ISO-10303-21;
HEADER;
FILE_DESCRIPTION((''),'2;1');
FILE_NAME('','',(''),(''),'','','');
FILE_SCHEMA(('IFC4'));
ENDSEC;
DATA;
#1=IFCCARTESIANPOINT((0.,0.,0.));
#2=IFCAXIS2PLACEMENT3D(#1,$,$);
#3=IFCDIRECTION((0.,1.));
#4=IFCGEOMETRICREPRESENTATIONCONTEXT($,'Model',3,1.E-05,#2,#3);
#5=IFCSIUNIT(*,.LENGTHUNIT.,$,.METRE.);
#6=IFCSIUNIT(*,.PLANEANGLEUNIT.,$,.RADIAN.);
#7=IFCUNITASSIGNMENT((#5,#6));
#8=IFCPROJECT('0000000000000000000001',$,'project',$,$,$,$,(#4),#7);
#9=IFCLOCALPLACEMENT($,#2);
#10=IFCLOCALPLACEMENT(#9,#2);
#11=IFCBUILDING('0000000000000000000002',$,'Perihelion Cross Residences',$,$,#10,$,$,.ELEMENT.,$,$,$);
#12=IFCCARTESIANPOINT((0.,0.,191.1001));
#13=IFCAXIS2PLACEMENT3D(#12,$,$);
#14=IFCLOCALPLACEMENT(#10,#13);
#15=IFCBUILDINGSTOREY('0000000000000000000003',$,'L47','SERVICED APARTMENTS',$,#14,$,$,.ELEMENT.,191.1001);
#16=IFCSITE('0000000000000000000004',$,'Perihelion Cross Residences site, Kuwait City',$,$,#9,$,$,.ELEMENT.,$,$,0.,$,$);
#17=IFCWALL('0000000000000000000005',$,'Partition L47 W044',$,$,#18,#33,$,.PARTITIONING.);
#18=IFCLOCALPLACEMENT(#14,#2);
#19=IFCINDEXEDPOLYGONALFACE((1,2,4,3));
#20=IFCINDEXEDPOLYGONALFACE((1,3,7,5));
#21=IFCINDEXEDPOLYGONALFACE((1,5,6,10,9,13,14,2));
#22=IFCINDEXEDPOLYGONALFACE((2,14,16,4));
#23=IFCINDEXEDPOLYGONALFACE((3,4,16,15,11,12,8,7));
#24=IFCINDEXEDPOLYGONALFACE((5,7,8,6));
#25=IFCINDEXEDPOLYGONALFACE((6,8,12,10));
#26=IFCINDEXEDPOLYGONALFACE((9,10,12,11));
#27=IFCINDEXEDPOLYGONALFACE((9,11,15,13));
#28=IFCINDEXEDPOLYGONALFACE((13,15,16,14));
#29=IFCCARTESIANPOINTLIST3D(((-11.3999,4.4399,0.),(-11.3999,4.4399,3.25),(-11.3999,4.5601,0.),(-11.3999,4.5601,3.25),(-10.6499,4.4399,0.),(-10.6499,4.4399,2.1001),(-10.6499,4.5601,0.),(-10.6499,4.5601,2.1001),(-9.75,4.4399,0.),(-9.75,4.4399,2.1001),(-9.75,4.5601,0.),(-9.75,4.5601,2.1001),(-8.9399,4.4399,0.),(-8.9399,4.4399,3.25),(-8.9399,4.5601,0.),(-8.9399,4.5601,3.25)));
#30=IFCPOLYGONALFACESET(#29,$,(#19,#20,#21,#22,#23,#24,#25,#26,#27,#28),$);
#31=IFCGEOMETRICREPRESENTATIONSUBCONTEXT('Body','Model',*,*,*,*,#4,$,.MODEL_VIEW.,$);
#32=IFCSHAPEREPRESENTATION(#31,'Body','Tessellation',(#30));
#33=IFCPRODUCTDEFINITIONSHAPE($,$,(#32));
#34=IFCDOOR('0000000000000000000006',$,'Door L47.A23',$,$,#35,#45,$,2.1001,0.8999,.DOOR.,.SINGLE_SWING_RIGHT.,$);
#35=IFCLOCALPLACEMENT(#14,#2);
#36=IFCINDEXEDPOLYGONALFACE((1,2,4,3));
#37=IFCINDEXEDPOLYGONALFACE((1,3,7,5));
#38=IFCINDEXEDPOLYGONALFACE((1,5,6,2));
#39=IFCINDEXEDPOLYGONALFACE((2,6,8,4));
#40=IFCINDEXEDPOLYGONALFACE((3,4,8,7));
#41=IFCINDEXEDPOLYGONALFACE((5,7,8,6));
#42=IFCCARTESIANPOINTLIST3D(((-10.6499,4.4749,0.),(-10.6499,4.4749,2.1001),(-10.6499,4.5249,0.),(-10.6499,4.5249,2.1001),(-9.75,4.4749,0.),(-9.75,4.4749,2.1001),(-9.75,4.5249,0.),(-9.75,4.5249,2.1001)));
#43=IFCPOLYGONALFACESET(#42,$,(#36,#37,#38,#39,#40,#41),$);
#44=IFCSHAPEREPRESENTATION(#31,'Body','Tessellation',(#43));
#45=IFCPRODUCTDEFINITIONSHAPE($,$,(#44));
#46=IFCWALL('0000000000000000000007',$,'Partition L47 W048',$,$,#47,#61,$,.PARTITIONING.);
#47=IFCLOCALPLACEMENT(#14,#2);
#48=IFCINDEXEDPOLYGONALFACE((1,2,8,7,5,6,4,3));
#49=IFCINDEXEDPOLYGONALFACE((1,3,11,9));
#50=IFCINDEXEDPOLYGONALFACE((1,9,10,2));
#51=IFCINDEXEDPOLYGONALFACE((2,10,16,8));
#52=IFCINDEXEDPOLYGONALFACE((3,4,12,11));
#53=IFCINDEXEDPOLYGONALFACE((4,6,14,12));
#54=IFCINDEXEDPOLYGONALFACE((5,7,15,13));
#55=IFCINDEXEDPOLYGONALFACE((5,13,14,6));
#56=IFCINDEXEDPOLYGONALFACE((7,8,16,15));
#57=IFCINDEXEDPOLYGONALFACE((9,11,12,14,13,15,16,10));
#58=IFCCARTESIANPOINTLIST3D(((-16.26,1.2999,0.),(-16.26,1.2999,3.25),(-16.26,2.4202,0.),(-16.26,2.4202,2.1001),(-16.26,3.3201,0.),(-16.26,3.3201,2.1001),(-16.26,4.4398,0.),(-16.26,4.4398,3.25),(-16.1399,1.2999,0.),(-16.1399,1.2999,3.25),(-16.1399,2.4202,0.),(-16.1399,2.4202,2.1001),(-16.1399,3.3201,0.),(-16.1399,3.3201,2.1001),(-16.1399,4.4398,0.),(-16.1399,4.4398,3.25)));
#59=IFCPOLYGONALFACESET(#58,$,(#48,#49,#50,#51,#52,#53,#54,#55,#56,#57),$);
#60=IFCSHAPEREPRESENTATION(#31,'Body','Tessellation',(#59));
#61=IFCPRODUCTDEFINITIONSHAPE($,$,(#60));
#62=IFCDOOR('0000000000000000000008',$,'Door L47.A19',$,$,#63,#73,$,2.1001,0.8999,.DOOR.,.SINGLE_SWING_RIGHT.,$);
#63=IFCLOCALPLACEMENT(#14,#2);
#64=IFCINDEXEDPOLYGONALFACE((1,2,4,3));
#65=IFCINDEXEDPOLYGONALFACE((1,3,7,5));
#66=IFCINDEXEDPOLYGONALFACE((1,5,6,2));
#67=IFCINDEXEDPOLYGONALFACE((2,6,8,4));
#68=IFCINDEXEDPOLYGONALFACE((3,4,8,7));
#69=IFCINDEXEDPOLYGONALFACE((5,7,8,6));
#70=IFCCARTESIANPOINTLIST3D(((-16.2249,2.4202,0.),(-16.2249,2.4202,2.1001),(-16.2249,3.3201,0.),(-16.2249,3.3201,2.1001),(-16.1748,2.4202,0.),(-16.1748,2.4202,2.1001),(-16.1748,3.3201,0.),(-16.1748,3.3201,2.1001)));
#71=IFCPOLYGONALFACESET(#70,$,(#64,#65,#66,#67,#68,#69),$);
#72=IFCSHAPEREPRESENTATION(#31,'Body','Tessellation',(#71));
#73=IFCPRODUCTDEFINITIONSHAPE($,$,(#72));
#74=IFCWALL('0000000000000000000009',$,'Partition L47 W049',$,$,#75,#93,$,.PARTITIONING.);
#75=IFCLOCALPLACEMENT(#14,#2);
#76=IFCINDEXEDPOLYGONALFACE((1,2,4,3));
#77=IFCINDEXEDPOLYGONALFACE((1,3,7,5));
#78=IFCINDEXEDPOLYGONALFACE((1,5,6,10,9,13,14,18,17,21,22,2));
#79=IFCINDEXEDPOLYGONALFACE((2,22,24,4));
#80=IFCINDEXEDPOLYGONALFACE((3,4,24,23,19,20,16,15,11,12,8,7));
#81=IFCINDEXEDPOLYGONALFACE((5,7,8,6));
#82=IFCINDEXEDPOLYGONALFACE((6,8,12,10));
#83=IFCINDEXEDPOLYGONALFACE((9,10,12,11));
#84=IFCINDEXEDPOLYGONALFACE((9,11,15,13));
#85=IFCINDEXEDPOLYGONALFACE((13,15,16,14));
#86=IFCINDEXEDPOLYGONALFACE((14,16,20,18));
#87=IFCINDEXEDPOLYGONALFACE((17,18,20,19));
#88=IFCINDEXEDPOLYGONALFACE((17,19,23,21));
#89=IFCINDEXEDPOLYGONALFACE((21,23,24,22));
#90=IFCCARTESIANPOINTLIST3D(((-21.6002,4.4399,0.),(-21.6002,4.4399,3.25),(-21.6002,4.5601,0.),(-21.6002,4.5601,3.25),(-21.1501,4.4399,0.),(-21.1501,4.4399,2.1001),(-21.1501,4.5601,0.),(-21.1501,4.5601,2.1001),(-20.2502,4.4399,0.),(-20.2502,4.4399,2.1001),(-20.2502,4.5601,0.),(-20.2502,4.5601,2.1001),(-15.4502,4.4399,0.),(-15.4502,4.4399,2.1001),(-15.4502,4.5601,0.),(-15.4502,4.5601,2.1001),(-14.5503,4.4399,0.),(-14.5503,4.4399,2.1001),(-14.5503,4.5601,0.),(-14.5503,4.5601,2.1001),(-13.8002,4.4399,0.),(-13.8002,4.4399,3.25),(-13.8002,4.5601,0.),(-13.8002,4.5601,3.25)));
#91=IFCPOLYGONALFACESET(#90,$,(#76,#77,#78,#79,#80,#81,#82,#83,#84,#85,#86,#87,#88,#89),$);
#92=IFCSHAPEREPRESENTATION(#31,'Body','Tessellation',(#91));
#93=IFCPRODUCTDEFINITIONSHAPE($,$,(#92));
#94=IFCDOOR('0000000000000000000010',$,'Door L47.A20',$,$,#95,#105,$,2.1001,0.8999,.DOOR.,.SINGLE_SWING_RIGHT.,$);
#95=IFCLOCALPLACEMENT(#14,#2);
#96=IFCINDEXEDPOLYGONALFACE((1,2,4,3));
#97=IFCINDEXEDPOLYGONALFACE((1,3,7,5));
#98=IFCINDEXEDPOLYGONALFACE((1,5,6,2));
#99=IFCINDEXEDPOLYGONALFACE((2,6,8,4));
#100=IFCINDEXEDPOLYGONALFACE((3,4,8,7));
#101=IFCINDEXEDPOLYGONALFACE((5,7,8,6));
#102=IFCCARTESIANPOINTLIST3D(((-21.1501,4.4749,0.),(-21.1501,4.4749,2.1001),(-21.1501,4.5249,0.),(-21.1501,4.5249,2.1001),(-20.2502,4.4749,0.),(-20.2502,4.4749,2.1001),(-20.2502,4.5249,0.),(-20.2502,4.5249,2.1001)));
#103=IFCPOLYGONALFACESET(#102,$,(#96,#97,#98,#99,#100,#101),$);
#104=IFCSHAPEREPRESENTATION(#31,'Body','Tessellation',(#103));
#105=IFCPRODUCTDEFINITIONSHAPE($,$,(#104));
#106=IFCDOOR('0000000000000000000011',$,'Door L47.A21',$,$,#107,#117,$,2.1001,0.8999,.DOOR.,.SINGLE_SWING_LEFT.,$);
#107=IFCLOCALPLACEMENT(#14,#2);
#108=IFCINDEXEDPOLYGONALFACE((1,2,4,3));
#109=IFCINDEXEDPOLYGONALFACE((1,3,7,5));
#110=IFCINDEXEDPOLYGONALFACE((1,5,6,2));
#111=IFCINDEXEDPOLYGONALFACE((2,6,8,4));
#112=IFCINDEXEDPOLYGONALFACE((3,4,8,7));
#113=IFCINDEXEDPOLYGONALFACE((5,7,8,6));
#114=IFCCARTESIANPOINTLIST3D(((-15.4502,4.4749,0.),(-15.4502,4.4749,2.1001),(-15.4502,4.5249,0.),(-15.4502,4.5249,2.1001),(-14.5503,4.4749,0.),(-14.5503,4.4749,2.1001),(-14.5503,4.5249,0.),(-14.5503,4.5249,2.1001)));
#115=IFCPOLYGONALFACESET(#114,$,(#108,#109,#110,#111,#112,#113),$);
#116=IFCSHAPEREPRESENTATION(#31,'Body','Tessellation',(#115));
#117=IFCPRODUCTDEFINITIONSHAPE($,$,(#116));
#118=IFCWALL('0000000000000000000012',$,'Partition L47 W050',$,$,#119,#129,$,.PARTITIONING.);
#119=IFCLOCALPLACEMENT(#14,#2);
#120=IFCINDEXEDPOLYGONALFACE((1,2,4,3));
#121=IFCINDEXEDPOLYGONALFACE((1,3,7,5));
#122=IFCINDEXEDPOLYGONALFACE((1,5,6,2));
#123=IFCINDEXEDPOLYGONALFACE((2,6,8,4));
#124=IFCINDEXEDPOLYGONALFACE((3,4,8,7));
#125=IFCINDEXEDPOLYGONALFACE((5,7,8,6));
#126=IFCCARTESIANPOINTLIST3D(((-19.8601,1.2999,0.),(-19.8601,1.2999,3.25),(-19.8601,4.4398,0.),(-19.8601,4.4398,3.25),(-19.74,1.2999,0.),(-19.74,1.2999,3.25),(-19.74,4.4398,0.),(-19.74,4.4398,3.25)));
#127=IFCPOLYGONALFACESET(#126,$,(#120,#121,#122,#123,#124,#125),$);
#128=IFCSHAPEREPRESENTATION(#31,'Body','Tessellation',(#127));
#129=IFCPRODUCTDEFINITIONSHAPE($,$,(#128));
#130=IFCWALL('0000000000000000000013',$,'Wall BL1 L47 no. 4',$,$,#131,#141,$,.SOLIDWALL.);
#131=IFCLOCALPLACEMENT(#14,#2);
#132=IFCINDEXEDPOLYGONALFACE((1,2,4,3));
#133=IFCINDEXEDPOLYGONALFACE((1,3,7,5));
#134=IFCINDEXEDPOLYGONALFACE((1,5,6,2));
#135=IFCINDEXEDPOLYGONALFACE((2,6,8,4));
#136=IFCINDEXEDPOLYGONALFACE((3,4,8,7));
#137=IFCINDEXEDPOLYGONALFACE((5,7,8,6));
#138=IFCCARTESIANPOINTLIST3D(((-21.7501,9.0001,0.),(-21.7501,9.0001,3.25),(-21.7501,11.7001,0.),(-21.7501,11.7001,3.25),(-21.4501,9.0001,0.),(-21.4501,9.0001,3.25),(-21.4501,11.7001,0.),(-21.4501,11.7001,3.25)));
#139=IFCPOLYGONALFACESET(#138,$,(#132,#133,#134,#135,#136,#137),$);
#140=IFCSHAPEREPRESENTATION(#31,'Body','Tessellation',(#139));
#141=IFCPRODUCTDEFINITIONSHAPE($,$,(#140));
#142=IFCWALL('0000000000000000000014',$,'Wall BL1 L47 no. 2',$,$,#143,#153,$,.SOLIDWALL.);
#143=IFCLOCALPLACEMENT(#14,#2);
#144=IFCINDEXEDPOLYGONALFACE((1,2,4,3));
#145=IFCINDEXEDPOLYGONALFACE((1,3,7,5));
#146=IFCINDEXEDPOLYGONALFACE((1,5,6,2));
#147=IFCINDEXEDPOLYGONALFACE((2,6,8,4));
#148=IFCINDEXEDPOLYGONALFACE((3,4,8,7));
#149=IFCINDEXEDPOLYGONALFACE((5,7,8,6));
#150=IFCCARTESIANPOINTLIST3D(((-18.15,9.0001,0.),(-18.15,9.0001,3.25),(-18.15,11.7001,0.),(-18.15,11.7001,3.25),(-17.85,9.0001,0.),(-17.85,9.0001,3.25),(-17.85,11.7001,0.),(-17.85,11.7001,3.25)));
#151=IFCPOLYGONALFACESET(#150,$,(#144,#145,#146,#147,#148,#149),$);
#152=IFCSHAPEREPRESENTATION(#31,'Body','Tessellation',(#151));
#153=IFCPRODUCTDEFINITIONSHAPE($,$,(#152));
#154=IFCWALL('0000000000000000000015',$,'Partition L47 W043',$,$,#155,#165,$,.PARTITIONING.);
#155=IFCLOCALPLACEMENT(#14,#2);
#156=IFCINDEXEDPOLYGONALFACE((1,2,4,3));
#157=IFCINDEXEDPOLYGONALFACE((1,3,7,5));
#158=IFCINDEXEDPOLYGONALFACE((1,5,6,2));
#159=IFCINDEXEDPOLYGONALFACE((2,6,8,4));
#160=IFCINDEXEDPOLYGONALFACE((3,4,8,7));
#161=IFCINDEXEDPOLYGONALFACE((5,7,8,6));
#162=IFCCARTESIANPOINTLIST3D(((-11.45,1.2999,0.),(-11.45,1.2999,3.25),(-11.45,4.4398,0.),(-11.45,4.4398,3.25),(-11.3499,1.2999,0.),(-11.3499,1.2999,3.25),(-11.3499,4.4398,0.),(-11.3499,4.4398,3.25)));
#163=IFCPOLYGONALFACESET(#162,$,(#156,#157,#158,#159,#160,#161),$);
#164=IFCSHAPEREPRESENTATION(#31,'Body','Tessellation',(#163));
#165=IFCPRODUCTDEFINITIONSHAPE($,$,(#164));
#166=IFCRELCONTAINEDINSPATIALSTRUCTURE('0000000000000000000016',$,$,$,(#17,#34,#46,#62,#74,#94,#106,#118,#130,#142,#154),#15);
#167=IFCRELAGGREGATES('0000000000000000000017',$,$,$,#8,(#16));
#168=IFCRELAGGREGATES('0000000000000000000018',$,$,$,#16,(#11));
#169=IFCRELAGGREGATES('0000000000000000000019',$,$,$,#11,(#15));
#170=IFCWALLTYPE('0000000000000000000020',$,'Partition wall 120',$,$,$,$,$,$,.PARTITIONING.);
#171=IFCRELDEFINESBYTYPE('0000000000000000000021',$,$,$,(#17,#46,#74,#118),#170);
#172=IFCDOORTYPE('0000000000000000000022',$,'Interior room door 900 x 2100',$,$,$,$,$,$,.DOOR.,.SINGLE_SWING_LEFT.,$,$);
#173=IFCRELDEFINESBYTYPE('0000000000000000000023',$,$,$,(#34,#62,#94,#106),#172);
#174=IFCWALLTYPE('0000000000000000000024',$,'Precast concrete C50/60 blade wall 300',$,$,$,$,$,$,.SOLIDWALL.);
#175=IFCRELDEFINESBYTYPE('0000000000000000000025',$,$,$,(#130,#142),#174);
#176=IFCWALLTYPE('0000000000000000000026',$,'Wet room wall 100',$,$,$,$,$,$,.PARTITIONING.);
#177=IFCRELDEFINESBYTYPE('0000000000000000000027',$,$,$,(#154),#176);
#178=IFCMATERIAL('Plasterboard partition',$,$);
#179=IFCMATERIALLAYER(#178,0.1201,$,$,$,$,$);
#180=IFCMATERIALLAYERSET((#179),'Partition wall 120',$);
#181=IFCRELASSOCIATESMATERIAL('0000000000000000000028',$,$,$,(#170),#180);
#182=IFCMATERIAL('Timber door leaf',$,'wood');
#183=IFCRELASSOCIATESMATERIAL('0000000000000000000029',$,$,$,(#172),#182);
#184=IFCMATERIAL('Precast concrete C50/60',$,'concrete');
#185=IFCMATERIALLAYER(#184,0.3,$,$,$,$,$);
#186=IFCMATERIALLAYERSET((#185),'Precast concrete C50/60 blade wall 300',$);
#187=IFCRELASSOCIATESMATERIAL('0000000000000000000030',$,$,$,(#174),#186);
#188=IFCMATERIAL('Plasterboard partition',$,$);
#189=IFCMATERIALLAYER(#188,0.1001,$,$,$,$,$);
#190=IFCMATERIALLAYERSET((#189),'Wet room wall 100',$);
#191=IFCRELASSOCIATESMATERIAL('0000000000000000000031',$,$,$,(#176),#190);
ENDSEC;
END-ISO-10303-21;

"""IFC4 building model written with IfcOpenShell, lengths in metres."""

from ifc_helpers import new_model, si_unit, direction, frame, frame_2d, origin, place, context, subcontext, project, spatial, rectangle, extrude, material, layer, layer_set, type_object, element, fill, save


model = new_model("IFC4")

# Units and contexts
model_context = context("Model", 3, precision=1e-05, world=origin(), true_north=direction((0.0, 1.0)))
body_context = subcontext(model_context, "Body", "Model", "MODEL_VIEW")
ifc_project = project(units=[si_unit("LENGTHUNIT", "METRE"), si_unit("PLANEANGLEUNIT", "RADIAN")], contexts=[model_context])

# Site, building, storey
site_placement = place(None, origin())
site = spatial("IfcSite", under=ifc_project, at=site_placement, Name="Perihelion Cross Residences site, Kuwait City", CompositionType="ELEMENT", RefElevation=0.0)
building_placement = place(site_placement, origin())
building = spatial("IfcBuilding", under=site, at=building_placement, Name="Perihelion Cross Residences", CompositionType="ELEMENT")
storey_placement = place(building_placement, frame((0.0, 0.0, 191.1001)))
storey = spatial("IfcBuildingStorey", under=building, at=storey_placement, Name="L47", Description="SERVICED APARTMENTS", CompositionType="ELEMENT", Elevation=191.1001)

# Walls, openings, doors
ifc_material_1 = material(Name="Plasterboard partition")
ifc_layer_1 = layer(ifc_material_1, 0.1201)
ifc_layer_set_1 = layer_set([ifc_layer_1], Name="Partition wall 120")
wall_type_1 = type_object("IfcWallType", Name="Partition wall 120", PredefinedType="PARTITIONING", material=ifc_layer_set_1)
wall_1_placement = place(storey_placement, frame((-11.3999, 4.5, 0.0), z_axis=(0.0, 0.0, 1.0), x_axis=(1.0, 0.0, 0.0)))
wall_1 = element("IfcWall", 1, at=wall_1_placement, inside=storey, type_object=wall_type_1, Name="Partition L47 W044", PredefinedType="PARTITIONING", context=body_context, shape_type="SweptSolid", body=[
    extrude(rectangle(XDim=2.46, YDim=0.1201, at=frame_2d((1.23, 0.0))), origin(), (0.0, 0.0, 1.0), 3.25),
])
opening_1_placement = place(wall_1_placement, frame((0.75, 0.0, 0.0)))
opening_1 = element("IfcOpeningElement", 2, at=opening_1_placement, cuts=wall_1, PredefinedType="OPENING", context=body_context, shape_type="SweptSolid", body=[
    extrude(rectangle(XDim=0.8999, YDim=2.1001, at=frame_2d((0.45, 1.05))), frame((0.0, 0.0701, 0.0), z_axis=(0.0, -1.0, 0.0), x_axis=(1.0, 0.0, 0.0)), (0.0, 0.0, 1.0), 0.1401),
])
ifc_material_2 = material(Name="Timber door leaf", Category="wood")
door_type_1 = type_object("IfcDoorType", Name="Interior room door 900 x 2100", OperationType="SINGLE_SWING_LEFT", PredefinedType="DOOR", material=ifc_material_2)
door_1_placement = place(opening_1_placement, origin())
door_1 = element("IfcDoor", 3, at=door_1_placement, inside=storey, type_object=door_type_1, Name="Door L47.A23", OperationType="SINGLE_SWING_RIGHT", OverallHeight=2.1001, OverallWidth=0.8999, PredefinedType="DOOR", context=body_context, shape_type="SweptSolid", body=[
    extrude(rectangle(XDim=0.8999, YDim=2.1001, at=frame_2d((0.45, 1.05))), frame((0.0, 0.0249, 0.0), z_axis=(0.0, -1.0, 0.0), x_axis=(1.0, 0.0, 0.0)), (0.0, 0.0, 1.0), 0.05),
])
fill(opening_1, door_1)
wall_2_placement = place(storey_placement, frame((-16.2, 1.3, 0.0), z_axis=(0.0, 0.0, 1.0), x_axis=(0.0, 1.0, 0.0)))
wall_2 = element("IfcWall", 4, at=wall_2_placement, inside=storey, type_object=wall_type_1, Name="Partition L47 W048", PredefinedType="PARTITIONING", context=body_context, shape_type="SweptSolid", body=[
    extrude(rectangle(XDim=3.1399, YDim=0.1201, at=frame_2d((1.5698, 0.0))), origin(), (0.0, 0.0, 1.0), 3.25),
])
opening_2_placement = place(wall_2_placement, frame((1.1201, 0.0, 0.0)))
opening_2 = element("IfcOpeningElement", 5, at=opening_2_placement, cuts=wall_2, PredefinedType="OPENING", context=body_context, shape_type="SweptSolid", body=[
    extrude(rectangle(XDim=0.8999, YDim=2.1001, at=frame_2d((0.45, 1.05))), frame((0.0, 0.0701, 0.0), z_axis=(0.0, -1.0, 0.0), x_axis=(1.0, 0.0, 0.0)), (0.0, 0.0, 1.0), 0.1401),
])
door_2_placement = place(opening_2_placement, origin())
door_2 = element("IfcDoor", 6, at=door_2_placement, inside=storey, type_object=door_type_1, Name="Door L47.A19", OperationType="SINGLE_SWING_RIGHT", OverallHeight=2.1001, OverallWidth=0.8999, PredefinedType="DOOR", context=body_context, shape_type="SweptSolid", body=[
    extrude(rectangle(XDim=0.8999, YDim=2.1001, at=frame_2d((0.45, 1.05))), frame((0.0, 0.0249, 0.0), z_axis=(0.0, -1.0, 0.0), x_axis=(1.0, 0.0, 0.0)), (0.0, 0.0, 1.0), 0.05),
])
fill(opening_2, door_2)

# Wall, openings, doors
wall_3_placement = place(storey_placement, frame((-21.6001, 4.5, 0.0), z_axis=(0.0, 0.0, 1.0), x_axis=(1.0, 0.0, 0.0)))
wall_3 = element("IfcWall", 7, at=wall_3_placement, inside=storey, type_object=wall_type_1, Name="Partition L47 W049", PredefinedType="PARTITIONING", context=body_context, shape_type="SweptSolid", body=[
    extrude(rectangle(XDim=7.8, YDim=0.1201, at=frame_2d((3.8999, 0.0))), origin(), (0.0, 0.0, 1.0), 3.25),
])
opening_3_placement = place(wall_3_placement, frame((0.45, 0.0, 0.0)))
opening_3 = element("IfcOpeningElement", 8, at=opening_3_placement, cuts=wall_3, PredefinedType="OPENING", context=body_context, shape_type="SweptSolid", body=[
    extrude(rectangle(XDim=0.8999, YDim=2.1001, at=frame_2d((0.45, 1.05))), frame((0.0, 0.0701, 0.0), z_axis=(0.0, -1.0, 0.0), x_axis=(1.0, 0.0, 0.0)), (0.0, 0.0, 1.0), 0.1401),
])
opening_4_placement = place(wall_3_placement, frame((6.1499, 0.0, 0.0)))
opening_4 = element("IfcOpeningElement", 9, at=opening_4_placement, cuts=wall_3, PredefinedType="OPENING", context=body_context, shape_type="SweptSolid", body=[
    extrude(rectangle(XDim=0.8999, YDim=2.1001, at=frame_2d((0.45, 1.05))), frame((0.0, 0.0701, 0.0), z_axis=(0.0, -1.0, 0.0), x_axis=(1.0, 0.0, 0.0)), (0.0, 0.0, 1.0), 0.1401),
])
door_3_placement = place(opening_3_placement, origin())
door_3 = element("IfcDoor", 10, at=door_3_placement, inside=storey, type_object=door_type_1, Name="Door L47.A20", OperationType="SINGLE_SWING_RIGHT", OverallHeight=2.1001, OverallWidth=0.8999, PredefinedType="DOOR", context=body_context, shape_type="SweptSolid", body=[
    extrude(rectangle(XDim=0.8999, YDim=2.1001, at=frame_2d((0.45, 1.05))), frame((0.0, 0.0249, 0.0), z_axis=(0.0, -1.0, 0.0), x_axis=(1.0, 0.0, 0.0)), (0.0, 0.0, 1.0), 0.05),
])
fill(opening_3, door_3)
door_4_placement = place(opening_4_placement, origin())
door_4 = element("IfcDoor", 11, at=door_4_placement, inside=storey, type_object=door_type_1, Name="Door L47.A21", OperationType="SINGLE_SWING_LEFT", OverallHeight=2.1001, OverallWidth=0.8999, PredefinedType="DOOR", context=body_context, shape_type="SweptSolid", body=[
    extrude(rectangle(XDim=0.8999, YDim=2.1001, at=frame_2d((0.45, 1.05))), frame((0.0, 0.0249, 0.0), z_axis=(0.0, -1.0, 0.0), x_axis=(1.0, 0.0, 0.0)), (0.0, 0.0, 1.0), 0.05),
])
fill(opening_4, door_4)

# Walls
wall_4_placement = place(storey_placement, frame((-19.8, 1.3, 0.0), z_axis=(0.0, 0.0, 1.0), x_axis=(0.0, 1.0, 0.0)))
element("IfcWall", 12, at=wall_4_placement, inside=storey, type_object=wall_type_1, Name="Partition L47 W050", PredefinedType="PARTITIONING", context=body_context, shape_type="SweptSolid", body=[
    extrude(rectangle(XDim=3.1399, YDim=0.1201, at=frame_2d((1.5698, 0.0))), origin(), (0.0, 0.0, 1.0), 3.25),
])
ifc_material_3 = material(Name="Precast concrete C50/60", Category="concrete")
ifc_layer_2 = layer(ifc_material_3, 0.3)
ifc_layer_set_2 = layer_set([ifc_layer_2], Name="Precast concrete C50/60 blade wall 300")
wall_type_2 = type_object("IfcWallType", Name="Precast concrete C50/60 blade wall 300", PredefinedType="SOLIDWALL", material=ifc_layer_set_2)
for number, where, z_axis, x_axis, name in (
    (13, (-21.6001, 9.0, 0.0), (0.0, 0.0, 1.0), (0.0, 1.0, 0.0), "Wall BL1 L47 no. 4"),
    (14, (-18.0, 9.0, 0.0), (0.0, 0.0, 1.0), (0.0, 1.0, 0.0), "Wall BL1 L47 no. 2"),
):
    element("IfcWall", number, at=place(storey_placement, frame(where, z_axis=z_axis, x_axis=x_axis)), inside=storey, type_object=wall_type_2, Name=name, PredefinedType="SOLIDWALL", context=body_context, shape_type="SweptSolid", body=[
        extrude(rectangle(XDim=2.7, YDim=0.3, at=frame_2d((1.3501, 0.0))), origin(), (0.0, 0.0, 1.0), 3.25),
    ])
ifc_material_4 = material(Name="Plasterboard partition")
ifc_layer_3 = layer(ifc_material_4, 0.1001)
ifc_layer_set_3 = layer_set([ifc_layer_3], Name="Wet room wall 100")
wall_type_3 = type_object("IfcWallType", Name="Wet room wall 100", PredefinedType="PARTITIONING", material=ifc_layer_set_3)
wall_5_placement = place(storey_placement, frame((-11.3999, 1.3, 0.0), z_axis=(0.0, 0.0, 1.0), x_axis=(0.0, 1.0, 0.0)))
element("IfcWall", 15, at=wall_5_placement, inside=storey, type_object=wall_type_3, Name="Partition L47 W043", PredefinedType="PARTITIONING", context=body_context, shape_type="SweptSolid", body=[
    extrude(rectangle(XDim=3.1399, YDim=0.1001, at=frame_2d((1.5698, 0.0))), origin(), (0.0, 0.0, 1.0), 3.25),
])

save(model, "model.ifc")
